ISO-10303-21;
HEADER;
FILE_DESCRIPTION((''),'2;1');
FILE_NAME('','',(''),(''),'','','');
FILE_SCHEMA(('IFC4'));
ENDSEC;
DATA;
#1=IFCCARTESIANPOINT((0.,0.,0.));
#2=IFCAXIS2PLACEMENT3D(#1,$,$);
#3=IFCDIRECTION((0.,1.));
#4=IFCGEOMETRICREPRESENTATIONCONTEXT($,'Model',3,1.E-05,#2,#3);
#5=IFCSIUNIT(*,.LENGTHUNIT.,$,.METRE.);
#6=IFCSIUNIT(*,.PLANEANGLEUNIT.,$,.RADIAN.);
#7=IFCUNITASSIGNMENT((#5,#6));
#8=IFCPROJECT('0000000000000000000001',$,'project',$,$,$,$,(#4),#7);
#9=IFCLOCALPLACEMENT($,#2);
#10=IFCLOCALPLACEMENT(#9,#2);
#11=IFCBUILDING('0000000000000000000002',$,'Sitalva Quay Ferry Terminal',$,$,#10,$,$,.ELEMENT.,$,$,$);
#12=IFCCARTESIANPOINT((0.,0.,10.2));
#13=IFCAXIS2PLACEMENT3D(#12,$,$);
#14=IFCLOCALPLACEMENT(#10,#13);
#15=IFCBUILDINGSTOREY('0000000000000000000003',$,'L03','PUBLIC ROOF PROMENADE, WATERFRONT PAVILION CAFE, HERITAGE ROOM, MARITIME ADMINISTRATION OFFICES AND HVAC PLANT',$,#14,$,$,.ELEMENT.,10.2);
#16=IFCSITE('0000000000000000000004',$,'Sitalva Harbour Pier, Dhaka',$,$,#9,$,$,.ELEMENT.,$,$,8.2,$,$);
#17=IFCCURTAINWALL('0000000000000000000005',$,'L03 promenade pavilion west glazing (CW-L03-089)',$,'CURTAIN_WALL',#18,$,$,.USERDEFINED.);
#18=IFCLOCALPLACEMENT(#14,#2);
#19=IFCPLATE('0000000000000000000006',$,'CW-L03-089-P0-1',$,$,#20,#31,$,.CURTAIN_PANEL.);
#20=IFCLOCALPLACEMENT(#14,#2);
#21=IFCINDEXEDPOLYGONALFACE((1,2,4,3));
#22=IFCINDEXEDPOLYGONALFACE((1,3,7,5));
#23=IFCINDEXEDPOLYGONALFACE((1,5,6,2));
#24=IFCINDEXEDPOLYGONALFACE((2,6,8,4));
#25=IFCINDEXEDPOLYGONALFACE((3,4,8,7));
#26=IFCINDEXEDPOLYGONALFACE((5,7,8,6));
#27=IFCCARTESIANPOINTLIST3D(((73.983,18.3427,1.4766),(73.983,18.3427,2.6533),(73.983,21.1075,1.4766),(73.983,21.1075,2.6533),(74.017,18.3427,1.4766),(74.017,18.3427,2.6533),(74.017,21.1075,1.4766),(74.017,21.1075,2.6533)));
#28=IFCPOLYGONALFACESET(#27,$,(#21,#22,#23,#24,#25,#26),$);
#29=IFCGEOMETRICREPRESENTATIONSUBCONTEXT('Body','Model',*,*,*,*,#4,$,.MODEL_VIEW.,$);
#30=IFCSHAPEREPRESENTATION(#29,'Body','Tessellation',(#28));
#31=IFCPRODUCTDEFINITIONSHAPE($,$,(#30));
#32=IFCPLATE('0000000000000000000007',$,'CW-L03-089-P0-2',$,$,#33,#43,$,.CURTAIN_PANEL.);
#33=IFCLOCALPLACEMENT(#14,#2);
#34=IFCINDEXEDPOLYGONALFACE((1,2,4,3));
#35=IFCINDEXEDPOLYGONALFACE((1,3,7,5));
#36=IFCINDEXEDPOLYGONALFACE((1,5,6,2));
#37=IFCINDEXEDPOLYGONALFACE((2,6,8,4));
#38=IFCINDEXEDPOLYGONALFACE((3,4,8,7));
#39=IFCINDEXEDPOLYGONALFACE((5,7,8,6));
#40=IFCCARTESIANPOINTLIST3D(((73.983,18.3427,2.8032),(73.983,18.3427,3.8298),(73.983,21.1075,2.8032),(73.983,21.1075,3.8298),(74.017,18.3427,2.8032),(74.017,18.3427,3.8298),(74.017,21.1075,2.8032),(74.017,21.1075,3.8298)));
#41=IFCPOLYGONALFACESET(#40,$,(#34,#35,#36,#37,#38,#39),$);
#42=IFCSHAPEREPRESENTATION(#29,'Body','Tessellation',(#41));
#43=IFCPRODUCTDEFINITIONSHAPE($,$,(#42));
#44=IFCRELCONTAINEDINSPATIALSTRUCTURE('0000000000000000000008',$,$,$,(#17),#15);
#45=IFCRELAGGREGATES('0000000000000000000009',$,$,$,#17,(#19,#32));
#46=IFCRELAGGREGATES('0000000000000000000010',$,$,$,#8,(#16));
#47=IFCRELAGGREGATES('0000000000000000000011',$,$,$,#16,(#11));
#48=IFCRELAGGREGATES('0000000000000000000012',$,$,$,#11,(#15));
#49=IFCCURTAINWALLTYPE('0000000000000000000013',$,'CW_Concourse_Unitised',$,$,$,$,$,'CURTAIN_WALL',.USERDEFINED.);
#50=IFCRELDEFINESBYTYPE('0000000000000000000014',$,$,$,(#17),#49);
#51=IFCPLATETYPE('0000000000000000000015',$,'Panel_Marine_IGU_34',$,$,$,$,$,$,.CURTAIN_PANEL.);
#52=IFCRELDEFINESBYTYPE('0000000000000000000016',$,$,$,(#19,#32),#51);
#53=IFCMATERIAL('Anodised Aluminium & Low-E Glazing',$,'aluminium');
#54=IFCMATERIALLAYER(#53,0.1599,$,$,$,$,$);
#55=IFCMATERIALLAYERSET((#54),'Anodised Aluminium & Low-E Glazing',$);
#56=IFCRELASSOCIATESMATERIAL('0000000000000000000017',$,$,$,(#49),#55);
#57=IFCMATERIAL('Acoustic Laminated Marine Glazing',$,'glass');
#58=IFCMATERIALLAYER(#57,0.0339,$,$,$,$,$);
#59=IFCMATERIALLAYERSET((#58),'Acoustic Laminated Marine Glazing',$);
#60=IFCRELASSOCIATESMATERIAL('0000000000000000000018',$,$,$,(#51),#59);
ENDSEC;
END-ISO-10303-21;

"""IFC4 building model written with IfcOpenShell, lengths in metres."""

from ifc_helpers import new_model, si_unit, direction, frame, origin, origin_2d, place, context, subcontext, project, spatial, rectangle, extrude, material, layer, layer_set, type_object, element, aggregate, save


model = new_model("IFC4")

# Units and contexts
model_context = context("Model", 3, precision=1e-05, world=origin(), true_north=direction((0.0, 1.0)))
body_context = subcontext(model_context, "Body", "Model", "MODEL_VIEW")
ifc_project = project(units=[si_unit("LENGTHUNIT", "METRE"), si_unit("PLANEANGLEUNIT", "RADIAN")], contexts=[model_context])

# Site, building, storey
site_placement = place(None, origin())
site = spatial("IfcSite", under=ifc_project, at=site_placement, Name="Sitalva Harbour Pier, Dhaka", CompositionType="ELEMENT", RefElevation=8.2)
building_placement = place(site_placement, origin())
building = spatial("IfcBuilding", under=site, at=building_placement, Name="Sitalva Quay Ferry Terminal", CompositionType="ELEMENT")
storey_placement = place(building_placement, frame((0.0, 0.0, 10.2)))
storey = spatial("IfcBuildingStorey", under=building, at=storey_placement, Name="L03", Description="PUBLIC ROOF PROMENADE, WATERFRONT PAVILION CAFE, HERITAGE ROOM, MARITIME ADMINISTRATION OFFICES AND HVAC PLANT", CompositionType="ELEMENT", Elevation=10.2)

# Shared definitions
ifc_material_1 = material(Name="Anodised Aluminium & Low-E Glazing", Category="aluminium")
ifc_layer_1 = layer(ifc_material_1, 0.1599)
ifc_layer_set_1 = layer_set([ifc_layer_1], Name="Anodised Aluminium & Low-E Glazing")
curtain_wall_type = type_object("IfcCurtainWallType", Name="CW_Concourse_Unitised", ElementType="CURTAIN_WALL", PredefinedType="USERDEFINED", material=ifc_layer_set_1)

# Curtain wall
curtain_wall_1_placement = place(storey_placement, origin())
curtain_wall_1 = element("IfcCurtainWall", 1, at=curtain_wall_1_placement, inside=storey, type_object=curtain_wall_type, Name="L03 promenade pavilion west glazing (CW-L03-089)", ObjectType="CURTAIN_WALL", PredefinedType="USERDEFINED")

# Plates
ifc_material_2 = material(Name="Acoustic Laminated Marine Glazing", Category="glass")
ifc_layer_2 = layer(ifc_material_2, 0.0339)
ifc_layer_set_2 = layer_set([ifc_layer_2], Name="Acoustic Laminated Marine Glazing")
plate_type = type_object("IfcPlateType", Name="Panel_Marine_IGU_34", PredefinedType="CURTAIN_PANEL", material=ifc_layer_set_2)
plate_1_placement = place(storey_placement, frame((74.0, 19.7251, 1.4766), z_axis=(0.0, 0.0, 1.0), x_axis=(0.0, 1.0, 0.0)))
plate_1 = element("IfcPlate", 2, at=plate_1_placement, type_object=plate_type, Name="CW-L03-089-P0-1", PredefinedType="CURTAIN_PANEL", context=body_context, shape_type="SweptSolid", body=[
    extrude(rectangle(XDim=2.7649, YDim=0.0339, at=origin_2d()), origin(), (0.0, 0.0, 1.0), 1.1768),
])
plate_2_placement = place(storey_placement, frame((74.0, 19.7251, 2.8032), z_axis=(0.0, 0.0, 1.0), x_axis=(0.0, 1.0, 0.0)))
plate_2 = element("IfcPlate", 3, at=plate_2_placement, type_object=plate_type, Name="CW-L03-089-P0-2", PredefinedType="CURTAIN_PANEL", context=body_context, shape_type="SweptSolid", body=[
    extrude(rectangle(XDim=2.7649, YDim=0.0339, at=origin_2d()), origin(), (0.0, 0.0, 1.0), 1.0266),
])
aggregate(curtain_wall_1, [plate_1, plate_2])

save(model, "model.ifc")
